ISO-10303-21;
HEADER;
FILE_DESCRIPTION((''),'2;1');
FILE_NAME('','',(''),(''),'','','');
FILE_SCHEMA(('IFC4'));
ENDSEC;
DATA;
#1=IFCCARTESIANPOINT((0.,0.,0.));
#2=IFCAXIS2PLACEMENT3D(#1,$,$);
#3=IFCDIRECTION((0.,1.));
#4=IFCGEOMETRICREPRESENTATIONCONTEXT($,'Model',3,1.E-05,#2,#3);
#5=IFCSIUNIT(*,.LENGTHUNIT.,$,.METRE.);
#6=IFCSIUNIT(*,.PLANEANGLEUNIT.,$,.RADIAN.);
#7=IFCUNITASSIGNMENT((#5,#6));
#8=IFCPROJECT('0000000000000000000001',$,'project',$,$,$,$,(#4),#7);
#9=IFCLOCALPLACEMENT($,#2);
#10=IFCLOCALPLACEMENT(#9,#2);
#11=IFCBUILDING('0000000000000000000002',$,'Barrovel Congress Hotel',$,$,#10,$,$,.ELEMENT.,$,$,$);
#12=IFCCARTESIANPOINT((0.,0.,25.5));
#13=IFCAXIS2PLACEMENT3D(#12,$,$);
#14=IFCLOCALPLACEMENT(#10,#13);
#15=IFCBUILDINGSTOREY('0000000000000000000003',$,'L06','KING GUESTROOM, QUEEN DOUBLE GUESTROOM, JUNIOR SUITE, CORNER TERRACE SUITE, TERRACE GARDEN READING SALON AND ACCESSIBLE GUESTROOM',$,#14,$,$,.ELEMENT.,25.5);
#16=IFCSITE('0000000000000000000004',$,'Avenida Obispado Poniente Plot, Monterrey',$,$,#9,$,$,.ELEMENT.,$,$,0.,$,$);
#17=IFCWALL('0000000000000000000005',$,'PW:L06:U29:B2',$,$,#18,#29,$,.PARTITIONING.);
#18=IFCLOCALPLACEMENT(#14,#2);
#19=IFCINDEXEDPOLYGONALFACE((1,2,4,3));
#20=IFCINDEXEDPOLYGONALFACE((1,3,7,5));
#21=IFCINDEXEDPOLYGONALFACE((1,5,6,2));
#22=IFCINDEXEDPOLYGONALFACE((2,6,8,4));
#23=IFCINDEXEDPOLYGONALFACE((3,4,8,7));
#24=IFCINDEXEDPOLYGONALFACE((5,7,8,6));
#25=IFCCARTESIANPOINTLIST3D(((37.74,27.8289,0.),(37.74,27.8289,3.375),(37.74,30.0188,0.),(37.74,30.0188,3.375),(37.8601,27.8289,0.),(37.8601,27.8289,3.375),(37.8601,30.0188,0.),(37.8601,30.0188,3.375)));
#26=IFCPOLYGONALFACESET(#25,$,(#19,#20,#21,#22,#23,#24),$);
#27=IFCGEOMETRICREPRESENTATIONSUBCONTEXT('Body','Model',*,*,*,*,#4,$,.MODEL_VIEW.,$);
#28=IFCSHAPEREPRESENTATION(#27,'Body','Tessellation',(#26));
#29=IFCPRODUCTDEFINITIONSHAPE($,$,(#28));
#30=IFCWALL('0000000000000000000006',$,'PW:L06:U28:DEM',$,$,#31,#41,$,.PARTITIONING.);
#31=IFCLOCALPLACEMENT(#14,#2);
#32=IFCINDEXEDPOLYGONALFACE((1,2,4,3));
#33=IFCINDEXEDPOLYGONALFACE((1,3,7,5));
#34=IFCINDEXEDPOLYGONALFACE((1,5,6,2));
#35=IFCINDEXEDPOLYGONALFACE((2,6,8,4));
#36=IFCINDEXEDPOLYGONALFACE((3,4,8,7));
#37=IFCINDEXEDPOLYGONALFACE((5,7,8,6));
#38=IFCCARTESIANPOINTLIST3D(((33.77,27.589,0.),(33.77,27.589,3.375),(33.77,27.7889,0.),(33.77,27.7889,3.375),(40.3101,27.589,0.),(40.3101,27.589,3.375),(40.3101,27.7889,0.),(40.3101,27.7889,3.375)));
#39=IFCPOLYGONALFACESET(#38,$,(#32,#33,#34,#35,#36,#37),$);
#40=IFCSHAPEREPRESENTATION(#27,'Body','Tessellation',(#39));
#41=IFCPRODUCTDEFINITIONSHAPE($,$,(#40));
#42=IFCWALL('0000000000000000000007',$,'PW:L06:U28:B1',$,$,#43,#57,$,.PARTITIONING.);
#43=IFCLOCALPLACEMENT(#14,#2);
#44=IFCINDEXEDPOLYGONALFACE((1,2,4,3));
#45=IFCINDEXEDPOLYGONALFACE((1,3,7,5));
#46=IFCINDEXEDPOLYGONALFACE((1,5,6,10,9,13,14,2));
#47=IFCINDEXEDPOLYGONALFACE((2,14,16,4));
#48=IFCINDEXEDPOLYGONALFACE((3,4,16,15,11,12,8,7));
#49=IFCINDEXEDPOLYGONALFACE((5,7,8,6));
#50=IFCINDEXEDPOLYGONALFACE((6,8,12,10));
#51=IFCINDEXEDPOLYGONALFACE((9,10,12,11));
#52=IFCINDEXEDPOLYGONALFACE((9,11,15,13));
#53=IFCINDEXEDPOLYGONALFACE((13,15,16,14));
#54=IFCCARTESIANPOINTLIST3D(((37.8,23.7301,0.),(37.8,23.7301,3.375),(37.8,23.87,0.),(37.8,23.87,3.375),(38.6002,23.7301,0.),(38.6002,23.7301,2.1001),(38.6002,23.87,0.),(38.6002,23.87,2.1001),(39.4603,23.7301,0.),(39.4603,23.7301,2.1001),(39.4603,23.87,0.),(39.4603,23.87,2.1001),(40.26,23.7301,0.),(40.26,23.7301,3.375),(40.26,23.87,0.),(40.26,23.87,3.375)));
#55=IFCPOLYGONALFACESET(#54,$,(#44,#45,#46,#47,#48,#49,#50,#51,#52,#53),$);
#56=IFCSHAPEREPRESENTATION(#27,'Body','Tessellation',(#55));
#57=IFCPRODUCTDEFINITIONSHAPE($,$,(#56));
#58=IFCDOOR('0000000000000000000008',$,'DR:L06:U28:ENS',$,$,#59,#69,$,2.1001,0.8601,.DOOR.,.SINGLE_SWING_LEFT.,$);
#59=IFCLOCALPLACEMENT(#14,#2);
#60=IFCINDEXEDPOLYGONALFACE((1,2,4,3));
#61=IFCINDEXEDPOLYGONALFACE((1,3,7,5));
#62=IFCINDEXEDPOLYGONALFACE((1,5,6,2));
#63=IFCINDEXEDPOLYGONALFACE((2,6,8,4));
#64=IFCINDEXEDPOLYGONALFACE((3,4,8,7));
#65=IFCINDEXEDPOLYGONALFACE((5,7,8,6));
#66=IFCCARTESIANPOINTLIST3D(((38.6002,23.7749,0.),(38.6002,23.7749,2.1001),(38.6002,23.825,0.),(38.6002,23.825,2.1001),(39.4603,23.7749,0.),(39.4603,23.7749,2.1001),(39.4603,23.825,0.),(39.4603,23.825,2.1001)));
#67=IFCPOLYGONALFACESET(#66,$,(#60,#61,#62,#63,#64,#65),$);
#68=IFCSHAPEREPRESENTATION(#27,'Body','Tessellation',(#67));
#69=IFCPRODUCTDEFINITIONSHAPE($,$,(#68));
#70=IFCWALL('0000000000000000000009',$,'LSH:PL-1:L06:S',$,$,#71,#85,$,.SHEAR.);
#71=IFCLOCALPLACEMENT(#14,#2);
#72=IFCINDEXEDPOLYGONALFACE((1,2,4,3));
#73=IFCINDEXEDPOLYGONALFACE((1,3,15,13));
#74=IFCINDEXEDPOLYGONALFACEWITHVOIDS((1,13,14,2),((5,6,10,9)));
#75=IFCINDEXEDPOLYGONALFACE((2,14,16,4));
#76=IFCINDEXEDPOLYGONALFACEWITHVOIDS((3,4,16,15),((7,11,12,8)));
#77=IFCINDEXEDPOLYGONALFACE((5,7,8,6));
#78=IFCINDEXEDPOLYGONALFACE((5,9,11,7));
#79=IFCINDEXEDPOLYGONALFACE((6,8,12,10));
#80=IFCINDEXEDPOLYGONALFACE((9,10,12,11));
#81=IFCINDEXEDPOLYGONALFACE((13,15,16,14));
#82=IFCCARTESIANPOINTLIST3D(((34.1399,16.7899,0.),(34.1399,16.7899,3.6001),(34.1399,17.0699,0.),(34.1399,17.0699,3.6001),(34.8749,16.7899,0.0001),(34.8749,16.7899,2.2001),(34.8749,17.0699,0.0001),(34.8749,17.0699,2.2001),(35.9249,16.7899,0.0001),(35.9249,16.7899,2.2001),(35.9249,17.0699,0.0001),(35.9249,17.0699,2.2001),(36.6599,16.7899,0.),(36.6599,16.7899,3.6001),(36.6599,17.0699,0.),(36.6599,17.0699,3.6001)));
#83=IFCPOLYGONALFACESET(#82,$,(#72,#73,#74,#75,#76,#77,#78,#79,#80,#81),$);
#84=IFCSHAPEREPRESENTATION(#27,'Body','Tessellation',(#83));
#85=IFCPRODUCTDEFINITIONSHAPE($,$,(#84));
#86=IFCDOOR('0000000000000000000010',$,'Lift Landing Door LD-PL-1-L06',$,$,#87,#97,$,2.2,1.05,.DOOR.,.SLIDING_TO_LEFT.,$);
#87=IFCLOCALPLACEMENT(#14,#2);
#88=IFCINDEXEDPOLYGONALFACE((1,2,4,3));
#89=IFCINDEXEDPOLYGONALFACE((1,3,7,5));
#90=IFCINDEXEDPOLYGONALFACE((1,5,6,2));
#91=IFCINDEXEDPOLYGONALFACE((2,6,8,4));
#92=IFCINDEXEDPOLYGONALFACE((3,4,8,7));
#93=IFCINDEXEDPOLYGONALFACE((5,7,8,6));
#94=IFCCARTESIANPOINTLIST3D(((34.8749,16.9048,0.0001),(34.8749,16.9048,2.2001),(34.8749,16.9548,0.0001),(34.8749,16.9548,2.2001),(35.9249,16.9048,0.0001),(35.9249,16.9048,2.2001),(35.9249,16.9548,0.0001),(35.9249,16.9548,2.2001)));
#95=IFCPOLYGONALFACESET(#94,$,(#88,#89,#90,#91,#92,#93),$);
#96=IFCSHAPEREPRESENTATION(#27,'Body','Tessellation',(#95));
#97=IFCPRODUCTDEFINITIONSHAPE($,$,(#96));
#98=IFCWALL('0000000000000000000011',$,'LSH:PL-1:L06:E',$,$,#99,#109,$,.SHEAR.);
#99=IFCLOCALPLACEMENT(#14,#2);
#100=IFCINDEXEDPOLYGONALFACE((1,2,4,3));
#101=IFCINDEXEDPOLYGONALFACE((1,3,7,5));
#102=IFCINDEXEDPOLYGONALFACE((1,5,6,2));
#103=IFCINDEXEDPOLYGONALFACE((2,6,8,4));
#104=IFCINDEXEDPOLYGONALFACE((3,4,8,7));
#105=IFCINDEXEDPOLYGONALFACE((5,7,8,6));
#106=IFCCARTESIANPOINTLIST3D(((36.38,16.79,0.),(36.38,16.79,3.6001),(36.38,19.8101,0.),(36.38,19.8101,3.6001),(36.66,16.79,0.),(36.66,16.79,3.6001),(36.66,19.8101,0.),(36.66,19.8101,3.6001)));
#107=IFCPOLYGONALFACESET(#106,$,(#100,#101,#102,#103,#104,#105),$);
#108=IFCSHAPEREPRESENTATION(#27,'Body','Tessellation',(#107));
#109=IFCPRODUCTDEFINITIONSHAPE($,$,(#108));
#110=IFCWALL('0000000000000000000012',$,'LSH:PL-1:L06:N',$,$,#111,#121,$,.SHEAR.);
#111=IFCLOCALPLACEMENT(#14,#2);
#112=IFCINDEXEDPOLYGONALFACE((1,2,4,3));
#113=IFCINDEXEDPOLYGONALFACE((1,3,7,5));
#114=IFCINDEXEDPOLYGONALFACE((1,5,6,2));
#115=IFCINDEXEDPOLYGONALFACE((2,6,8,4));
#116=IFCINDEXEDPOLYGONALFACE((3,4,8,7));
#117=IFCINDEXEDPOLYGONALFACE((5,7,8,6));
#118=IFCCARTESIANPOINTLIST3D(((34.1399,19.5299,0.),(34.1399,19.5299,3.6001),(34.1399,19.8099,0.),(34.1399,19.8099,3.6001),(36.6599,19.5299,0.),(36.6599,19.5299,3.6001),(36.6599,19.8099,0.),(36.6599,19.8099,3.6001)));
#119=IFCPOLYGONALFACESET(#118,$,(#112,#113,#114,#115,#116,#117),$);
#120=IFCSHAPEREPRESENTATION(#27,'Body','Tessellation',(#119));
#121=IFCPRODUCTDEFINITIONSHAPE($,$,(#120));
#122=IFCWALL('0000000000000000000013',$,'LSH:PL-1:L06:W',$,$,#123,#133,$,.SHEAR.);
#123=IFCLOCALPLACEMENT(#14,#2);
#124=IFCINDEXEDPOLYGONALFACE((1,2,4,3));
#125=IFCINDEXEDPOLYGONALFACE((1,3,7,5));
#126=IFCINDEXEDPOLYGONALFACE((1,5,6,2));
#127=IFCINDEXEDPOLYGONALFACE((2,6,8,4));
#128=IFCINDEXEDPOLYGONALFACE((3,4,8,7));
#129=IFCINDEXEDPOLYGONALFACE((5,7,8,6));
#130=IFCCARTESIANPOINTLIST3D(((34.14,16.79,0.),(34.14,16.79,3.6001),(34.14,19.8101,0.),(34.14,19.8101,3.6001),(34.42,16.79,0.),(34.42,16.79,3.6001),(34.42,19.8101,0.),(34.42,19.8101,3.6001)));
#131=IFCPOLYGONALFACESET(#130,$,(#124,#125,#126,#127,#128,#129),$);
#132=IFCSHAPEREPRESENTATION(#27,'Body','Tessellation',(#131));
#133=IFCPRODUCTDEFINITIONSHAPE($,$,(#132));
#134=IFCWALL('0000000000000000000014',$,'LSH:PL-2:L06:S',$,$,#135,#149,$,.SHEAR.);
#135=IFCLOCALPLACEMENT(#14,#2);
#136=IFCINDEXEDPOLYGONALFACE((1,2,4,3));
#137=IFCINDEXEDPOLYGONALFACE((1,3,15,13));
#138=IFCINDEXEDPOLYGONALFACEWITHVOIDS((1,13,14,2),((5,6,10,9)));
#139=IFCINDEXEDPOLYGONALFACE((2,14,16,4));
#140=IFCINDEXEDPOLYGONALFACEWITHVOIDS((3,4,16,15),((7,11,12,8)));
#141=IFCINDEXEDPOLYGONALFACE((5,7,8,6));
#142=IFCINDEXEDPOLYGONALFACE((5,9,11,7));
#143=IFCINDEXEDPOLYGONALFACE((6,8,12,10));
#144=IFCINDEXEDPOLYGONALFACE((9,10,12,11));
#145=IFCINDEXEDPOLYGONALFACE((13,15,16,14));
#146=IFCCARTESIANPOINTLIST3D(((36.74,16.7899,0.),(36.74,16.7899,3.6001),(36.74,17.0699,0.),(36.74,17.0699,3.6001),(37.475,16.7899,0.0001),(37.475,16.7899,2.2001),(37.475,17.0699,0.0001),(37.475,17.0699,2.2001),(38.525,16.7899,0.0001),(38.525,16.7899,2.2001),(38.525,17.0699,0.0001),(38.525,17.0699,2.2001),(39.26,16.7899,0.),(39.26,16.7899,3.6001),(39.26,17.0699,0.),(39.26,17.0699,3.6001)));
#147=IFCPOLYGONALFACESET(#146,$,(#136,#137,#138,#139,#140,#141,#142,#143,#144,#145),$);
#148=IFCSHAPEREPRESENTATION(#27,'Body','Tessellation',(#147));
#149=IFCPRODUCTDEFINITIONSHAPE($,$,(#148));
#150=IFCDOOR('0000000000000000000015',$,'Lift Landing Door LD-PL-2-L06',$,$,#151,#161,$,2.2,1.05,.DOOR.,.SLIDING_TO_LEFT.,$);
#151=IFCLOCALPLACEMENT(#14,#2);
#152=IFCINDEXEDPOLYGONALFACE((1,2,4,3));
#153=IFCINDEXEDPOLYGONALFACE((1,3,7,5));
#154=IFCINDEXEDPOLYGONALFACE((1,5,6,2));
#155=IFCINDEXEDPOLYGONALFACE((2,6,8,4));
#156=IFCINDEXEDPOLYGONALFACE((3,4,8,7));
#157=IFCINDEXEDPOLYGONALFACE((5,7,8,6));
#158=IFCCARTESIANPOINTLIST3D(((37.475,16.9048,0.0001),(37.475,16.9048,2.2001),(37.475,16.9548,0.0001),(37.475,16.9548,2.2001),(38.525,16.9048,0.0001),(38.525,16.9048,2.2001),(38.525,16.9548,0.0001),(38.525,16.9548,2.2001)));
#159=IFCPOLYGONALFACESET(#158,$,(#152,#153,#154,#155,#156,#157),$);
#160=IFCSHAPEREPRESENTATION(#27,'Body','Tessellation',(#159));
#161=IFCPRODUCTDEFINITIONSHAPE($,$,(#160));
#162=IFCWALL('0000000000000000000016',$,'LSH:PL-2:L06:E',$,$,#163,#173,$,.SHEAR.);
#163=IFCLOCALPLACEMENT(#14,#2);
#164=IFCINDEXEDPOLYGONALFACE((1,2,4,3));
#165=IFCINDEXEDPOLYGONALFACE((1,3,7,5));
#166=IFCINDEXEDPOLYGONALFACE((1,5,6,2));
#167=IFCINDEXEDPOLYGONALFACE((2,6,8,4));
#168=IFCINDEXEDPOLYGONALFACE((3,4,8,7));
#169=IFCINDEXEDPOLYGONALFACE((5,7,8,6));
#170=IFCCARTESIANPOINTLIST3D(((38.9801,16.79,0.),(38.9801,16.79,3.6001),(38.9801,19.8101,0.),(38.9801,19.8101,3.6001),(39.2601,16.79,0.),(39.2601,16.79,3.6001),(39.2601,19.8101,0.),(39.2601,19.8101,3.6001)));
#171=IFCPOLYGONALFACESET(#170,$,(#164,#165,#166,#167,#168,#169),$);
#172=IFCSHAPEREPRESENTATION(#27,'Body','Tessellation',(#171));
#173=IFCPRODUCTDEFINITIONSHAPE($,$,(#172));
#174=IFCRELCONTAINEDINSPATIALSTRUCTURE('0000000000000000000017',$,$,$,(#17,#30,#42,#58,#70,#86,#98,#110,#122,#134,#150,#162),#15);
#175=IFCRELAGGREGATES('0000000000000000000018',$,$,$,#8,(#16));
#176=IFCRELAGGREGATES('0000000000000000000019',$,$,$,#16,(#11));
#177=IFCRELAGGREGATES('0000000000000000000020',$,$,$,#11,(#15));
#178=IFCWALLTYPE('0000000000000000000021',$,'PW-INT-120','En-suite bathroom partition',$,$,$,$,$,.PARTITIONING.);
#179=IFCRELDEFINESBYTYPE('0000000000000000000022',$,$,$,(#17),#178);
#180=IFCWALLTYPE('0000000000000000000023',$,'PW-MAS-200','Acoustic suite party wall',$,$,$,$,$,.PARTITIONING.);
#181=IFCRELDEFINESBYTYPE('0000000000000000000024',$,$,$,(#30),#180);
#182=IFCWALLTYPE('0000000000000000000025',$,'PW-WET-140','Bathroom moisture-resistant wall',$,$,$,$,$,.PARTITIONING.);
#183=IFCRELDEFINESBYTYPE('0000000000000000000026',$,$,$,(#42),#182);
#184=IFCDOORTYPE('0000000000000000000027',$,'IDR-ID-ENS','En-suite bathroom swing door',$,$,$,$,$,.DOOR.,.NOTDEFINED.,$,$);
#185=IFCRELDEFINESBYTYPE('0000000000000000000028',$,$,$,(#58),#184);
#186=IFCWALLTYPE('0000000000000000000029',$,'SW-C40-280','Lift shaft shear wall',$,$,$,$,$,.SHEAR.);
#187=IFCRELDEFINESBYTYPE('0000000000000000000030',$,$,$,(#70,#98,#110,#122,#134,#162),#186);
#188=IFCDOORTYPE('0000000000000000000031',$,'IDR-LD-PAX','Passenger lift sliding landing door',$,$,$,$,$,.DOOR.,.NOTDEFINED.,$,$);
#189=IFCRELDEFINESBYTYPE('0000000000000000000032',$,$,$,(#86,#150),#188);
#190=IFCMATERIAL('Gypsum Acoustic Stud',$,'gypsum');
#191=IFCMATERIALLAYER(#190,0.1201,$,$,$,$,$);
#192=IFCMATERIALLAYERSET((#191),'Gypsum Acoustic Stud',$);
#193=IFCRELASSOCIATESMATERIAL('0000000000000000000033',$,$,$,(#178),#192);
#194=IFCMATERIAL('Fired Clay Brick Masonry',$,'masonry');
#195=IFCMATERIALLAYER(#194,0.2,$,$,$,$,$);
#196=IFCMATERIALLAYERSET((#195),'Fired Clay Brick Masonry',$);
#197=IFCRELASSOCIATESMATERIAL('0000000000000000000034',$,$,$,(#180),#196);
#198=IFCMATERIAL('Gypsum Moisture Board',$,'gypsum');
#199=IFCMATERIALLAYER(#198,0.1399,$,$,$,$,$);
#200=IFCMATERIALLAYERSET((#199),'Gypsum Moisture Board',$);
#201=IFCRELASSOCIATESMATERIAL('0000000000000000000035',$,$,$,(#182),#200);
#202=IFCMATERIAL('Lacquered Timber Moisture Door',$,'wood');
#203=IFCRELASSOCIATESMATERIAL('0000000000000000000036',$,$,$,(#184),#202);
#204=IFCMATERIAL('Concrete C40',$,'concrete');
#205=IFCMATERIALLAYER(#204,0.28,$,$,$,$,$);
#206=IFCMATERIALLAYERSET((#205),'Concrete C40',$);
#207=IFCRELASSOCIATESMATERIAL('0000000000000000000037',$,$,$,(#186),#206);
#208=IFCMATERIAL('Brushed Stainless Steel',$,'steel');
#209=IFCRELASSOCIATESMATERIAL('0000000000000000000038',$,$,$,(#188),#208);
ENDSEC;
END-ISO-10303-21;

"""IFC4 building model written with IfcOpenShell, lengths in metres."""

from ifc_helpers import new_model, si_unit, direction, frame, frame_2d, origin, place, context, subcontext, project, spatial, rectangle, extrude, material, layer, layer_set, type_object, element, fill, save


model = new_model("IFC4")

# Units and contexts
model_context = context("Model", 3, precision=1e-05, world=origin(), true_north=direction((0.0, 1.0)))
body_context = subcontext(model_context, "Body", "Model", "MODEL_VIEW")
ifc_project = project(units=[si_unit("LENGTHUNIT", "METRE"), si_unit("PLANEANGLEUNIT", "RADIAN")], contexts=[model_context])

# Site, building, storey
site_placement = place(None, origin())
site = spatial("IfcSite", under=ifc_project, at=site_placement, Name="Avenida Obispado Poniente Plot, Monterrey", CompositionType="ELEMENT", RefElevation=0.0)
building_placement = place(site_placement, origin())
building = spatial("IfcBuilding", under=site, at=building_placement, Name="Barrovel Congress Hotel", CompositionType="ELEMENT")
storey_placement = place(building_placement, frame((0.0, 0.0, 25.5)))
storey = spatial("IfcBuildingStorey", under=building, at=storey_placement, Name="L06", Description="KING GUESTROOM, QUEEN DOUBLE GUESTROOM, JUNIOR SUITE, CORNER TERRACE SUITE, TERRACE GARDEN READING SALON AND ACCESSIBLE GUESTROOM", CompositionType="ELEMENT", Elevation=25.5)

# Shared definitions
ifc_material_1 = material(Name="Concrete C40", Category="concrete")

# Shared definitions
ifc_material_2 = material(Name="Gypsum Acoustic Stud", Category="gypsum")

# Walls
ifc_layer_1 = layer(ifc_material_2, 0.1201)
ifc_layer_set_1 = layer_set([ifc_layer_1], Name="Gypsum Acoustic Stud")
wall_type_1 = type_object("IfcWallType", Name="PW-INT-120", Description="En-suite bathroom partition", PredefinedType="PARTITIONING", material=ifc_layer_set_1)
for number, where, z_axis, x_axis, name in (
    (1, (37.8, 27.8289, 0.0), (0.0, 0.0, 1.0), (0.0, 1.0, 0.0), "PW:L06:U29:B2"),
):
    element("IfcWall", number, at=place(storey_placement, frame(where, z_axis=z_axis, x_axis=x_axis)), inside=storey, type_object=wall_type_1, Name=name, PredefinedType="PARTITIONING", context=body_context, shape_type="SweptSolid", body=[
        extrude(rectangle(XDim=2.1899, YDim=0.1201, at=frame_2d((1.095, 0.0))), origin(), (0.0, 0.0, 1.0), 3.375),
    ])
ifc_material_3 = material(Name="Fired Clay Brick Masonry", Category="masonry")
ifc_layer_2 = layer(ifc_material_3, 0.2)
ifc_layer_set_2 = layer_set([ifc_layer_2], Name="Fired Clay Brick Masonry")
wall_type_2 = type_object("IfcWallType", Name="PW-MAS-200", Description="Acoustic suite party wall", PredefinedType="PARTITIONING", material=ifc_layer_set_2)
wall_1_placement = place(storey_placement, frame((33.77, 27.689, 0.0), z_axis=(0.0, 0.0, 1.0), x_axis=(1.0, 0.0, 0.0)))
element("IfcWall", 2, at=wall_1_placement, inside=storey, type_object=wall_type_2, Name="PW:L06:U28:DEM", PredefinedType="PARTITIONING", context=body_context, shape_type="SweptSolid", body=[
    extrude(rectangle(XDim=6.54, YDim=0.2, at=frame_2d((3.27, 0.0))), origin(), (0.0, 0.0, 1.0), 3.375),
])

# Walls, openings, doors
ifc_material_4 = material(Name="Gypsum Moisture Board", Category="gypsum")
ifc_layer_3 = layer(ifc_material_4, 0.1399)
ifc_layer_set_3 = layer_set([ifc_layer_3], Name="Gypsum Moisture Board")
wall_type_3 = type_object("IfcWallType", Name="PW-WET-140", Description="Bathroom moisture-resistant wall", PredefinedType="PARTITIONING", material=ifc_layer_set_3)
wall_2_placement = place(storey_placement, frame((37.8, 23.8, 0.0), z_axis=(0.0, 0.0, 1.0), x_axis=(1.0, 0.0, 0.0)))
wall_2 = element("IfcWall", 3, at=wall_2_placement, inside=storey, type_object=wall_type_3, Name="PW:L06:U28:B1", PredefinedType="PARTITIONING", context=body_context, shape_type="SweptSolid", body=[
    extrude(rectangle(XDim=2.46, YDim=0.1399, at=frame_2d((1.23, 0.0))), origin(), (0.0, 0.0, 1.0), 3.375),
])
opening_1_placement = place(wall_2_placement, frame((0.8, 0.0, 0.0)))
opening_1 = element("IfcOpeningElement", 4, at=opening_1_placement, cuts=wall_2, PredefinedType="OPENING", context=body_context, shape_type="SweptSolid", body=[
    extrude(rectangle(XDim=0.8601, YDim=2.1001, at=frame_2d((0.4302, 1.05))), frame((0.0, 0.0801, 0.0), z_axis=(0.0, -1.0, 0.0), x_axis=(1.0, 0.0, 0.0)), (0.0, 0.0, 1.0), 0.1599),
])
ifc_material_5 = material(Name="Lacquered Timber Moisture Door", Category="wood")
door_type_1 = type_object("IfcDoorType", Name="IDR-ID-ENS", Description="En-suite bathroom swing door", OperationType="NOTDEFINED", PredefinedType="DOOR", material=ifc_material_5)
door_1_placement = place(opening_1_placement, origin())
door_1 = element("IfcDoor", 5, at=door_1_placement, inside=storey, type_object=door_type_1, Name="DR:L06:U28:ENS", OperationType="SINGLE_SWING_LEFT", OverallHeight=2.1001, OverallWidth=0.8601, PredefinedType="DOOR", context=body_context, shape_type="SweptSolid", body=[
    extrude(rectangle(XDim=0.8601, YDim=2.1001, at=frame_2d((0.4302, 1.05))), frame((0.0, 0.0249, 0.0), z_axis=(0.0, -1.0, 0.0), x_axis=(1.0, 0.0, 0.0)), (0.0, 0.0, 1.0), 0.05),
])
fill(opening_1, door_1)
ifc_layer_4 = layer(ifc_material_1, 0.28)
ifc_layer_set_4 = layer_set([ifc_layer_4], Name="Concrete C40")
wall_type_4 = type_object("IfcWallType", Name="SW-C40-280", Description="Lift shaft shear wall", PredefinedType="SHEAR", material=ifc_layer_set_4)
wall_3_placement = place(storey_placement, frame((34.1399, 16.9299, 0.0), z_axis=(0.0, 0.0, 1.0), x_axis=(1.0, 0.0, 0.0)))
wall_3 = element("IfcWall", 6, at=wall_3_placement, inside=storey, type_object=wall_type_4, Name="LSH:PL-1:L06:S", PredefinedType="SHEAR", context=body_context, shape_type="SweptSolid", body=[
    extrude(rectangle(XDim=2.52, YDim=0.28, at=frame_2d((1.26, 0.0))), origin(), (0.0, 0.0, 1.0), 3.6001),
])
opening_2_placement = place(wall_3_placement, frame((0.7351, 0.0, 0.0)))
opening_2 = element("IfcOpeningElement", 7, at=opening_2_placement, cuts=wall_3, PredefinedType="OPENING", context=body_context, shape_type="SweptSolid", body=[
    extrude(rectangle(XDim=1.05, YDim=2.2, at=frame_2d((0.5249, 1.1001))), frame((0.0, 0.1499, 0.0), z_axis=(0.0, -1.0, 0.0), x_axis=(1.0, 0.0, 0.0)), (0.0, 0.0, 1.0), 0.3),
])
ifc_material_6 = material(Name="Brushed Stainless Steel", Category="steel")
door_type_2 = type_object("IfcDoorType", Name="IDR-LD-PAX", Description="Passenger lift sliding landing door", OperationType="NOTDEFINED", PredefinedType="DOOR", material=ifc_material_6)
door_2_placement = place(opening_2_placement, origin())
door_2 = element("IfcDoor", 8, at=door_2_placement, inside=storey, type_object=door_type_2, Name="Lift Landing Door LD-PL-1-L06", OperationType="SLIDING_TO_LEFT", OverallHeight=2.2, OverallWidth=1.05, PredefinedType="DOOR", context=body_context, shape_type="SweptSolid", body=[
    extrude(rectangle(XDim=1.05, YDim=2.2, at=frame_2d((0.5249, 1.1001))), frame((0.0, 0.0249, 0.0), z_axis=(0.0, -1.0, 0.0), x_axis=(1.0, 0.0, 0.0)), (0.0, 0.0, 1.0), 0.05),
])
fill(opening_2, door_2)

# Walls
wall_4_placement = place(storey_placement, frame((36.52, 16.79, 0.0), z_axis=(0.0, 0.0, 1.0), x_axis=(0.0, 1.0, 0.0)))
element("IfcWall", 9, at=wall_4_placement, inside=storey, type_object=wall_type_4, Name="LSH:PL-1:L06:E", PredefinedType="SHEAR", context=body_context, shape_type="SweptSolid", body=[
    extrude(rectangle(XDim=3.02, YDim=0.28, at=frame_2d((1.51, 0.0))), origin(), (0.0, 0.0, 1.0), 3.6001),
])
wall_5_placement = place(storey_placement, frame((36.6599, 19.6699, 0.0), z_axis=(0.0, 0.0, 1.0), x_axis=(-1.0, 0.0, 0.0)))
element("IfcWall", 10, at=wall_5_placement, inside=storey, type_object=wall_type_4, Name="LSH:PL-1:L06:N", PredefinedType="SHEAR", context=body_context, shape_type="SweptSolid", body=[
    extrude(rectangle(XDim=2.52, YDim=0.28, at=frame_2d((1.26, 0.0))), origin(), (0.0, 0.0, 1.0), 3.6001),
])
wall_6_placement = place(storey_placement, frame((34.28, 19.8101, 0.0), z_axis=(0.0, 0.0, 1.0), x_axis=(0.0, -1.0, 0.0)))
element("IfcWall", 11, at=wall_6_placement, inside=storey, type_object=wall_type_4, Name="LSH:PL-1:L06:W", PredefinedType="SHEAR", context=body_context, shape_type="SweptSolid", body=[
    extrude(rectangle(XDim=3.02, YDim=0.28, at=frame_2d((1.51, 0.0))), origin(), (0.0, 0.0, 1.0), 3.6001),
])

# Wall, opening, door
wall_7_placement = place(storey_placement, frame((36.74, 16.9299, 0.0), z_axis=(0.0, 0.0, 1.0), x_axis=(1.0, 0.0, 0.0)))
wall_7 = element("IfcWall", 12, at=wall_7_placement, inside=storey, type_object=wall_type_4, Name="LSH:PL-2:L06:S", PredefinedType="SHEAR", context=body_context, shape_type="SweptSolid", body=[
    extrude(rectangle(XDim=2.52, YDim=0.28, at=frame_2d((1.26, 0.0))), origin(), (0.0, 0.0, 1.0), 3.6001),
])
opening_3_placement = place(wall_7_placement, frame((0.7351, 0.0, 0.0)))
opening_3 = element("IfcOpeningElement", 13, at=opening_3_placement, cuts=wall_7, PredefinedType="OPENING", context=body_context, shape_type="SweptSolid", body=[
    extrude(rectangle(XDim=1.05, YDim=2.2, at=frame_2d((0.5249, 1.1001))), frame((0.0, 0.1499, 0.0), z_axis=(0.0, -1.0, 0.0), x_axis=(1.0, 0.0, 0.0)), (0.0, 0.0, 1.0), 0.3),
])
door_3_placement = place(opening_3_placement, origin())
door_3 = element("IfcDoor", 14, at=door_3_placement, inside=storey, type_object=door_type_2, Name="Lift Landing Door LD-PL-2-L06", OperationType="SLIDING_TO_LEFT", OverallHeight=2.2, OverallWidth=1.05, PredefinedType="DOOR", context=body_context, shape_type="SweptSolid", body=[
    extrude(rectangle(XDim=1.05, YDim=2.2, at=frame_2d((0.5249, 1.1001))), frame((0.0, 0.0249, 0.0), z_axis=(0.0, -1.0, 0.0), x_axis=(1.0, 0.0, 0.0)), (0.0, 0.0, 1.0), 0.05),
])
fill(opening_3, door_3)

# Wall
wall_8_placement = place(storey_placement, frame((39.1201, 16.79, 0.0), z_axis=(0.0, 0.0, 1.0), x_axis=(0.0, 1.0, 0.0)))
element("IfcWall", 15, at=wall_8_placement, inside=storey, type_object=wall_type_4, Name="LSH:PL-2:L06:E", PredefinedType="SHEAR", context=body_context, shape_type="SweptSolid", body=[
    extrude(rectangle(XDim=3.02, YDim=0.28, at=frame_2d((1.51, 0.0))), origin(), (0.0, 0.0, 1.0), 3.6001),
])

save(model, "model.ifc")
